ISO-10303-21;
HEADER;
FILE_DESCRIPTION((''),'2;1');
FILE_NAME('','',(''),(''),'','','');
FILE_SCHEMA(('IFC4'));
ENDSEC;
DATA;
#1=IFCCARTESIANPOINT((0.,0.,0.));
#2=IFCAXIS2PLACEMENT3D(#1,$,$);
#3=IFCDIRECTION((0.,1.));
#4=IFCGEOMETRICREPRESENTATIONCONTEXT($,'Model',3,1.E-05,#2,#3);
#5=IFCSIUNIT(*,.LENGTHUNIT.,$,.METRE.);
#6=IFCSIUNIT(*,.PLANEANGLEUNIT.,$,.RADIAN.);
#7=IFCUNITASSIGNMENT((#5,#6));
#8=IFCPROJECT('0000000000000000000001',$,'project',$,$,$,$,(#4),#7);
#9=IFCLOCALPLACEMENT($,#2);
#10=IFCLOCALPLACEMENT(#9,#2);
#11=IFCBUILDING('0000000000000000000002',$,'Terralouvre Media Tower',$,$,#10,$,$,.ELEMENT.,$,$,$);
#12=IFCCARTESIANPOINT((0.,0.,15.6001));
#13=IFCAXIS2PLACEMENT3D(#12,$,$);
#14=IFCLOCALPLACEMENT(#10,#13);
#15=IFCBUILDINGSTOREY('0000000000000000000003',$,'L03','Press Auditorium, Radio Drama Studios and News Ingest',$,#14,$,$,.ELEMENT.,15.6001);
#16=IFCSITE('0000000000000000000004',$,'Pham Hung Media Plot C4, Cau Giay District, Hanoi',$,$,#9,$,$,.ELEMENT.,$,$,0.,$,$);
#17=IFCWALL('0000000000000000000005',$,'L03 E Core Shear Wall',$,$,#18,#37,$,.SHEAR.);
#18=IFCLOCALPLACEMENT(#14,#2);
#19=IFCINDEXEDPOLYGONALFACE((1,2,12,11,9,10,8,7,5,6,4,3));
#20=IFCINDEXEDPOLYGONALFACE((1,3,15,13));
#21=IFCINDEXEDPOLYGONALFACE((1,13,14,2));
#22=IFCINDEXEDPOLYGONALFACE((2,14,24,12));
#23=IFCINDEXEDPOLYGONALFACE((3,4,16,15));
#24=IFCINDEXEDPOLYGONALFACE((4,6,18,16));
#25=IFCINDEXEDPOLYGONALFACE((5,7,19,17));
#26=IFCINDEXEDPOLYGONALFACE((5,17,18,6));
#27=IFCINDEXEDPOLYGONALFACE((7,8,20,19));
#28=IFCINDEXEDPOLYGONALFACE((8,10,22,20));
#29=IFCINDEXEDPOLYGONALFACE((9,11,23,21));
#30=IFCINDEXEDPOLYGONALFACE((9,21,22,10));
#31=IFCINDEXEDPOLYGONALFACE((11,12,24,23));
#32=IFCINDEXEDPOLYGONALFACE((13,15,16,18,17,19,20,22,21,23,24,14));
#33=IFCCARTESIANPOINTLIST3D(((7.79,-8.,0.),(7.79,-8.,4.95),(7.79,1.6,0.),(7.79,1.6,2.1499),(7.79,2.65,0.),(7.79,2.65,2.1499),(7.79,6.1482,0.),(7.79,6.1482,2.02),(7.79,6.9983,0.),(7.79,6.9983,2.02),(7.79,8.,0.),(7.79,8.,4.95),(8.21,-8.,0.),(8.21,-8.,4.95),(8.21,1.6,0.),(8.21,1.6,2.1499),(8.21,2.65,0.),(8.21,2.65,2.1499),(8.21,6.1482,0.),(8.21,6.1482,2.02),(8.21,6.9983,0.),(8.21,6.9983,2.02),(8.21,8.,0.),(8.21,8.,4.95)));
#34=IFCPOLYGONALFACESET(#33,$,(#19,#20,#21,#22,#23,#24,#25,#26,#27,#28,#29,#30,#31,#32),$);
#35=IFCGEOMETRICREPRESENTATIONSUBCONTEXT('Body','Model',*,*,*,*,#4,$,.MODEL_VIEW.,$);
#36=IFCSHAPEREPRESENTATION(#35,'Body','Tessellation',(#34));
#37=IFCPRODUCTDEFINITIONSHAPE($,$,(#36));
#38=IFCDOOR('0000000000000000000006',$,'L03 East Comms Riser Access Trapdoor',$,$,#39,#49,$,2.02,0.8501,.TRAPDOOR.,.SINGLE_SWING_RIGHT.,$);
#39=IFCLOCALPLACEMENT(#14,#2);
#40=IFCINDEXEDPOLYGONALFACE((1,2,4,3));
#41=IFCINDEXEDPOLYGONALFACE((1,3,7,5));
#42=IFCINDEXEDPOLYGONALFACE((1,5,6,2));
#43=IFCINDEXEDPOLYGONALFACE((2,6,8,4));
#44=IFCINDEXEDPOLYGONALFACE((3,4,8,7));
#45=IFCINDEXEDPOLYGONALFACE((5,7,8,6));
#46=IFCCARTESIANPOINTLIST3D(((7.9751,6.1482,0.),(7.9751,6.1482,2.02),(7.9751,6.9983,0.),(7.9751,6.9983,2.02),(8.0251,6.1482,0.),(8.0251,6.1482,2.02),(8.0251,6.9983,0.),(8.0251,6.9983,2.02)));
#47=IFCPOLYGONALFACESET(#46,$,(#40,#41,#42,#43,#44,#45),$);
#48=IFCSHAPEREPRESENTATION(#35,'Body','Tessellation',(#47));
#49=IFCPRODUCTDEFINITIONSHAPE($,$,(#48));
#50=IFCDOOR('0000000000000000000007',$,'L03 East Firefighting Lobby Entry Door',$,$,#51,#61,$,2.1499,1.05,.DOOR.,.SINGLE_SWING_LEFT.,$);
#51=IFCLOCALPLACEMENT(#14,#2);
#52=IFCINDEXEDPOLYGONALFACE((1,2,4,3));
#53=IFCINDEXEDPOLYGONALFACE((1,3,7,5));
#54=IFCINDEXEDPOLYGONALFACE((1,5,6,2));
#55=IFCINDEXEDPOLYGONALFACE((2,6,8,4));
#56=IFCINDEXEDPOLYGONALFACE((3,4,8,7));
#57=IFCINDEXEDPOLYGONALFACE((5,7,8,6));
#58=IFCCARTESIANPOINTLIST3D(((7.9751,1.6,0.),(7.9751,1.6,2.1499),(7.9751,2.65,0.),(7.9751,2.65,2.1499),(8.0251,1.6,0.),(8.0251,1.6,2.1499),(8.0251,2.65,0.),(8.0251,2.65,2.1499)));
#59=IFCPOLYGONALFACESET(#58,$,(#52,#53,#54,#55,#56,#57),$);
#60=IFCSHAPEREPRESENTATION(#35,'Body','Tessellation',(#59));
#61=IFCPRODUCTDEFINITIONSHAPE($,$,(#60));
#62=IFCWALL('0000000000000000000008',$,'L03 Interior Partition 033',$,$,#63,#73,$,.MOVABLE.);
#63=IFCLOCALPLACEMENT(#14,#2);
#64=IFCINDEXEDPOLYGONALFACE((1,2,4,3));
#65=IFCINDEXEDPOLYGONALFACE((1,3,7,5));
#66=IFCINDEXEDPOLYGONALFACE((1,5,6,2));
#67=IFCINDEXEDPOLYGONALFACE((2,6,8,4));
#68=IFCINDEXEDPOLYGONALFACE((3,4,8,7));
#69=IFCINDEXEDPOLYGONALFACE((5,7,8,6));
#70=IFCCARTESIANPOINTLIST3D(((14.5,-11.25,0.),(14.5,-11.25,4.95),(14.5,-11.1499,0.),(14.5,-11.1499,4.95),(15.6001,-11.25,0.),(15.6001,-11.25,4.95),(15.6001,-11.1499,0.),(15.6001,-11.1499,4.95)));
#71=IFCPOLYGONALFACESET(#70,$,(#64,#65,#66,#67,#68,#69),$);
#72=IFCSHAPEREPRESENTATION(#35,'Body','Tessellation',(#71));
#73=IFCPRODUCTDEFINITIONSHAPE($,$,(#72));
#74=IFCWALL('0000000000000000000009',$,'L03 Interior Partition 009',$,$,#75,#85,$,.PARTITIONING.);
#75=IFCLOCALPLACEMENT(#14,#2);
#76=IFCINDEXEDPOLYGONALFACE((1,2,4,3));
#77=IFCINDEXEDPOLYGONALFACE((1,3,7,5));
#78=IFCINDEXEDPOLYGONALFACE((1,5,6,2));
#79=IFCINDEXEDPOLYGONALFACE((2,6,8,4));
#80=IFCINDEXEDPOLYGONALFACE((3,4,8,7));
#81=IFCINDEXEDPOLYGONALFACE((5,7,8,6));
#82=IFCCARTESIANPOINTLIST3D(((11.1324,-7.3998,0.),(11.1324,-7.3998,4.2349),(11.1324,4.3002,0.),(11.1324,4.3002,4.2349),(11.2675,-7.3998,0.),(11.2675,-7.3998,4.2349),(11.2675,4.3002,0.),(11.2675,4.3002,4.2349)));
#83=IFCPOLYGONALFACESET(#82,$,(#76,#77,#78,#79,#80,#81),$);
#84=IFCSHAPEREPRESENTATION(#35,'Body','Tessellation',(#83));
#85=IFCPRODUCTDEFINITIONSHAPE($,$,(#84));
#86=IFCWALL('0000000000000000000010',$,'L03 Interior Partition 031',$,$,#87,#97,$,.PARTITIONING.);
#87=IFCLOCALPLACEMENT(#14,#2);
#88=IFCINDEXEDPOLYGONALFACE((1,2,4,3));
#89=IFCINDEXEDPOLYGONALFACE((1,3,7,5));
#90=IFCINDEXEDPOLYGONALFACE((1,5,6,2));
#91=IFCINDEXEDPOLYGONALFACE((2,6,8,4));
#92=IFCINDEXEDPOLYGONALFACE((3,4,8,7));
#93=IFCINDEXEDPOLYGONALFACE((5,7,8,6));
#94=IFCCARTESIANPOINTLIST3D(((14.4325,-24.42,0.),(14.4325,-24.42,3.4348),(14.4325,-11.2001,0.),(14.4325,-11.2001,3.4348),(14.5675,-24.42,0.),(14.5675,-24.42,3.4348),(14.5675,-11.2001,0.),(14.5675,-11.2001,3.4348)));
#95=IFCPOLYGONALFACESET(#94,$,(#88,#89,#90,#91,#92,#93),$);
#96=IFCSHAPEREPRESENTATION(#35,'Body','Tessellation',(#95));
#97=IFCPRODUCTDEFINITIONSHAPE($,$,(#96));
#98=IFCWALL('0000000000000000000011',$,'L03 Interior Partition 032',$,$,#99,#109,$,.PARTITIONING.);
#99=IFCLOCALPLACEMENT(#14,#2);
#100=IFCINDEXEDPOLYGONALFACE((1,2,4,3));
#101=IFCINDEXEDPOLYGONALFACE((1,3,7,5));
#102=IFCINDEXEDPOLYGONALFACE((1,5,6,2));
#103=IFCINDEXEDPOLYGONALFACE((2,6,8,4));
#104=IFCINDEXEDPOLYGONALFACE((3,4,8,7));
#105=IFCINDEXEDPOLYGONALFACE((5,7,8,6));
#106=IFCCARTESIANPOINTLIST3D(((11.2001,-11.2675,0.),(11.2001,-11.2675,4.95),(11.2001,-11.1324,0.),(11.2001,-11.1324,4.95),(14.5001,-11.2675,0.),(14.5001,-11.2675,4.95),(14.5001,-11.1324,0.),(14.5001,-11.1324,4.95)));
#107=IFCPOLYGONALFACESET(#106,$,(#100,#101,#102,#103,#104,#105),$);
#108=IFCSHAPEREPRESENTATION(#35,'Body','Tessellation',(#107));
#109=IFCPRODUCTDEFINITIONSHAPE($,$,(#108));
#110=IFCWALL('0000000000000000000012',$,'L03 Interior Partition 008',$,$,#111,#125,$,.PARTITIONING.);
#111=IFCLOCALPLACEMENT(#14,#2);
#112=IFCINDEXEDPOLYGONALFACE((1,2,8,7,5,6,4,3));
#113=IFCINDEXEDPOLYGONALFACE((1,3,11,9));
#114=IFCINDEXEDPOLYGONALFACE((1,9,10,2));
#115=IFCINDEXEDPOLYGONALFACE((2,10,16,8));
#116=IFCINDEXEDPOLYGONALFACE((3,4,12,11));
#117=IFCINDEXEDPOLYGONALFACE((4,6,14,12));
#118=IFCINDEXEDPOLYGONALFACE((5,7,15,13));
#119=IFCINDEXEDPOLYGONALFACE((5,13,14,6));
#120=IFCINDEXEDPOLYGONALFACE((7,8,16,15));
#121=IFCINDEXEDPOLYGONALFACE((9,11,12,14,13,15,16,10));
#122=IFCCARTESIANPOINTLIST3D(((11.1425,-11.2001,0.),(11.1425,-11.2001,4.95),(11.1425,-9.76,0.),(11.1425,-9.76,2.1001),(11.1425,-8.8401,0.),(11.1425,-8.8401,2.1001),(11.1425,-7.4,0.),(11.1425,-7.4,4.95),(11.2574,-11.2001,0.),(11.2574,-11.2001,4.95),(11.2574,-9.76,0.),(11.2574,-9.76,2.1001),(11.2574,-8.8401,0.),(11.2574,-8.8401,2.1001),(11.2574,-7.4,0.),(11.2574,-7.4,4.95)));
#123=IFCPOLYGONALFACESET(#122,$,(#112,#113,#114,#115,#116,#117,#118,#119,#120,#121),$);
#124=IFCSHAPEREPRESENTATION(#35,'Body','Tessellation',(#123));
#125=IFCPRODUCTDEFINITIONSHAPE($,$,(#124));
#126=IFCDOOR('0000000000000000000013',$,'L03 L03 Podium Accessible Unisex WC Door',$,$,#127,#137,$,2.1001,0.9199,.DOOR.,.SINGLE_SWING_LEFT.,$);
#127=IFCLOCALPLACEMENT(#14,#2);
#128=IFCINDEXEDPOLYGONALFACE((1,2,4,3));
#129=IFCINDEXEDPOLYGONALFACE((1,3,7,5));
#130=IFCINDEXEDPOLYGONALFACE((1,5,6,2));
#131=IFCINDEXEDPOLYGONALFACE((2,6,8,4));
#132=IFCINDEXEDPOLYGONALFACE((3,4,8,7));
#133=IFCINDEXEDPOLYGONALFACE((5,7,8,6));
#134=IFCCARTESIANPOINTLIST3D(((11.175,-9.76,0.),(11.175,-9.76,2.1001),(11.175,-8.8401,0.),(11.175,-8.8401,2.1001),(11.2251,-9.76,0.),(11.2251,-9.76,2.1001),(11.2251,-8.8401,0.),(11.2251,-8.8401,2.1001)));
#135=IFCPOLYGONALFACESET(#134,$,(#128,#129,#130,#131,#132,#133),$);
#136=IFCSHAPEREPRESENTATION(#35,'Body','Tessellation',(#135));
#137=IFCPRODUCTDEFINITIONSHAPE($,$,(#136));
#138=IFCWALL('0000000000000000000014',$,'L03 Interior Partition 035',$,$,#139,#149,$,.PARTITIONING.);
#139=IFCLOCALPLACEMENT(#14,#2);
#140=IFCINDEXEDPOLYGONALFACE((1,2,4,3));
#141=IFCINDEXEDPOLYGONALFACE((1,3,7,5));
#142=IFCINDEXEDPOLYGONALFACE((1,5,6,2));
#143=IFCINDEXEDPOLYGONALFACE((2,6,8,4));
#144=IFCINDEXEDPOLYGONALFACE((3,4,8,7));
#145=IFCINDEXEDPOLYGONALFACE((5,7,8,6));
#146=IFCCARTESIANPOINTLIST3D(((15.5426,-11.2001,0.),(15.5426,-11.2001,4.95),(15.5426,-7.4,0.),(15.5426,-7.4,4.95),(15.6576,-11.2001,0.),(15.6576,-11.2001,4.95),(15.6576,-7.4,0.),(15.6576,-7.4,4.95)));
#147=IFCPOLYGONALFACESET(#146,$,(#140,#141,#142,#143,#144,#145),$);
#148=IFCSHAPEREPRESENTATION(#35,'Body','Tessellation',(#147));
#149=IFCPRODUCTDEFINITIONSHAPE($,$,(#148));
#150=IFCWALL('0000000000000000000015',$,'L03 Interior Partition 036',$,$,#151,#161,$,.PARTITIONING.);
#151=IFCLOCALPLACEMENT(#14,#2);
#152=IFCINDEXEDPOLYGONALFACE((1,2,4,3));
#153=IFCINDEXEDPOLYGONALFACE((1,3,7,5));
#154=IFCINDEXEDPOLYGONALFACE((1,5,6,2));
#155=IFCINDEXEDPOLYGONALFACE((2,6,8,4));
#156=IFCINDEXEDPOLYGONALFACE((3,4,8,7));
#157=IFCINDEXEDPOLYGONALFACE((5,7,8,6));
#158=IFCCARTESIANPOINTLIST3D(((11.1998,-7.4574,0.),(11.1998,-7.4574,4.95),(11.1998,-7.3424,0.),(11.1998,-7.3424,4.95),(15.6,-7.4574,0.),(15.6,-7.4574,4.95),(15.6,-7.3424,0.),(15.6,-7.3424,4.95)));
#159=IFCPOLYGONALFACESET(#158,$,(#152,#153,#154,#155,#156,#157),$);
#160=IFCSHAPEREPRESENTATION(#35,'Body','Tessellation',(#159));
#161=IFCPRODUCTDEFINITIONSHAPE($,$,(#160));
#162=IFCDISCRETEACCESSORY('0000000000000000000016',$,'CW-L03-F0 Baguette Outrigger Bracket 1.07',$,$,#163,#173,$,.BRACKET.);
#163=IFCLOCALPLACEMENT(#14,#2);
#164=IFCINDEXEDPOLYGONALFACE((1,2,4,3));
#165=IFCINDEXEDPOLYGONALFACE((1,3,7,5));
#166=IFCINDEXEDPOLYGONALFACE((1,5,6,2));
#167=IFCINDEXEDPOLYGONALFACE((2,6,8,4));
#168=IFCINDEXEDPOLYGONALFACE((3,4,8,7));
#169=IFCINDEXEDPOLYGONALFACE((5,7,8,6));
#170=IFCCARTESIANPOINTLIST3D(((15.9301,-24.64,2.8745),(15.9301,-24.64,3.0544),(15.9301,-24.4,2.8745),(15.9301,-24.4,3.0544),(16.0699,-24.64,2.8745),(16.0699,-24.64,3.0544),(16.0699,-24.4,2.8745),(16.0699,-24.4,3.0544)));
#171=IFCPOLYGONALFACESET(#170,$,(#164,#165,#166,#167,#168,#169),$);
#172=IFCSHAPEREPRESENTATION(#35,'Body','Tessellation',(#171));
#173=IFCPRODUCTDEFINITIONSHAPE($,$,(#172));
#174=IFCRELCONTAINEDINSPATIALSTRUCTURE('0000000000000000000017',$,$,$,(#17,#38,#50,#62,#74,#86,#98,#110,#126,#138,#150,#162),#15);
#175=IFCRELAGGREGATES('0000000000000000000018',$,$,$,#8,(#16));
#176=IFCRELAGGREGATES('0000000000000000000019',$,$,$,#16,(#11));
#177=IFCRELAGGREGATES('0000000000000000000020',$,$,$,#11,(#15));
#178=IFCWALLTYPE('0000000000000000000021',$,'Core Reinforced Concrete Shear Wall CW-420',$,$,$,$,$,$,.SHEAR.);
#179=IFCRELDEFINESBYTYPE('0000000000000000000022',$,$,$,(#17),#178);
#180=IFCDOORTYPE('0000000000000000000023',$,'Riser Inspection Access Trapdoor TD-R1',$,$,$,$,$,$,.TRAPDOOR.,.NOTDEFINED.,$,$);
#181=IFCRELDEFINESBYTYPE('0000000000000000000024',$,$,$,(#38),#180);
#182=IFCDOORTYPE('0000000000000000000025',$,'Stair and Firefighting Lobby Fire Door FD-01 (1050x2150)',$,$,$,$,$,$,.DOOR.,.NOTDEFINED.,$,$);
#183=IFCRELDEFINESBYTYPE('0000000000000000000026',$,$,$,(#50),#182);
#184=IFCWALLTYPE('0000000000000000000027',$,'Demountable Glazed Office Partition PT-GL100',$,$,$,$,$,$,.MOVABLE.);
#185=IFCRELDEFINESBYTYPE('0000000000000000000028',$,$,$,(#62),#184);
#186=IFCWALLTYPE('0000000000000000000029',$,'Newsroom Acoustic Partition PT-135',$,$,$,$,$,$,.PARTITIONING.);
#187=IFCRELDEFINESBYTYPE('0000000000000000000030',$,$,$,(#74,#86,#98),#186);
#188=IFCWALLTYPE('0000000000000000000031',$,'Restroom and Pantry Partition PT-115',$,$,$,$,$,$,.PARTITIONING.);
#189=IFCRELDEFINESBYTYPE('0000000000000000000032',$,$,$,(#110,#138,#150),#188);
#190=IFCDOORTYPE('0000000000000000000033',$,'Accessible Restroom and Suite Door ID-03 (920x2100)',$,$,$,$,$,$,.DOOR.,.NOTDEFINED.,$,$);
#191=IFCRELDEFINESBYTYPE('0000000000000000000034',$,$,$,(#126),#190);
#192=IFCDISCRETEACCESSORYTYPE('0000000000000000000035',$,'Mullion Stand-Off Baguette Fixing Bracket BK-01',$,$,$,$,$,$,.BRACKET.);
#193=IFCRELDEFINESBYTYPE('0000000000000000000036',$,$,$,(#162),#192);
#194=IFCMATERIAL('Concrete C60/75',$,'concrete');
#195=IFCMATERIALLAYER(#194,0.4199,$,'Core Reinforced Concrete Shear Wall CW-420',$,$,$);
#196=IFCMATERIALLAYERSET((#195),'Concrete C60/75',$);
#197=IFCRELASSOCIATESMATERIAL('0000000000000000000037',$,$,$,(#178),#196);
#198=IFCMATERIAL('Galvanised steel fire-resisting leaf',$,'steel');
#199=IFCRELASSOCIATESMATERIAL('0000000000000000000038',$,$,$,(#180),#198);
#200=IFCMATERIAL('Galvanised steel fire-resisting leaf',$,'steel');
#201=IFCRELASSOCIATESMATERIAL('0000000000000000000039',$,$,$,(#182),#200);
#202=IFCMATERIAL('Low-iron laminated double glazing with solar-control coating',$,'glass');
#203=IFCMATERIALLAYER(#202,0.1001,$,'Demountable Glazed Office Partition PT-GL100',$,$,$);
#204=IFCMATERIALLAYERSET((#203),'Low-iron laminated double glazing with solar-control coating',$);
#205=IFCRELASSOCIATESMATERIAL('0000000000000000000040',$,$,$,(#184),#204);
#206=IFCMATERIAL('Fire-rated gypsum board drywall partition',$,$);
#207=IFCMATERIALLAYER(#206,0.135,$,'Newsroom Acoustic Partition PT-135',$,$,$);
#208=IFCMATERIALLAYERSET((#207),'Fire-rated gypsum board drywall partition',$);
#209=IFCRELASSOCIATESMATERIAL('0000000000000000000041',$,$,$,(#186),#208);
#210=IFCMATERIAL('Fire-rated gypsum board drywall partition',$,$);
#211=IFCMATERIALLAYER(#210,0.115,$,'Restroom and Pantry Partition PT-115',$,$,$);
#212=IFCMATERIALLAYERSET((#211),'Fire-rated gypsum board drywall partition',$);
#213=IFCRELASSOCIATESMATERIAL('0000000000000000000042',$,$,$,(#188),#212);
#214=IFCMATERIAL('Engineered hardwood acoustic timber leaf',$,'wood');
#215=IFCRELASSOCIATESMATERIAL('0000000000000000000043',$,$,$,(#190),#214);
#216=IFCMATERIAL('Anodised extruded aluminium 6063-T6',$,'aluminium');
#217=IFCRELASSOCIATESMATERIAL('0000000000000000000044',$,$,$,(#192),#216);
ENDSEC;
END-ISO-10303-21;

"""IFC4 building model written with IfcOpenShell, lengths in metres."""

from ifc_helpers import new_model, si_unit, direction, frame, frame_2d, origin, origin_2d, place, context, subcontext, project, spatial, rectangle, extrude, material, layer, layer_set, type_object, element, fill, save


model = new_model("IFC4")

# Units and contexts
model_context = context("Model", 3, precision=1e-05, world=origin(), true_north=direction((0.0, 1.0)))
body_context = subcontext(model_context, "Body", "Model", "MODEL_VIEW")
ifc_project = project(units=[si_unit("LENGTHUNIT", "METRE"), si_unit("PLANEANGLEUNIT", "RADIAN")], contexts=[model_context])

# Site, building, storey
site_placement = place(None, origin())
site = spatial("IfcSite", under=ifc_project, at=site_placement, Name="Pham Hung Media Plot C4, Cau Giay District, Hanoi", CompositionType="ELEMENT", RefElevation=0.0)
building_placement = place(site_placement, origin())
building = spatial("IfcBuilding", under=site, at=building_placement, Name="Terralouvre Media Tower", CompositionType="ELEMENT")
storey_placement = place(building_placement, frame((0.0, 0.0, 15.6001)))
storey = spatial("IfcBuildingStorey", under=building, at=storey_placement, Name="L03", Description="Press Auditorium, Radio Drama Studios and News Ingest", CompositionType="ELEMENT", Elevation=15.6001)

# Wall, openings, doors
ifc_material_1 = material(Name="Concrete C60/75", Category="concrete")
ifc_layer_1 = layer(ifc_material_1, 0.4199, Name="Core Reinforced Concrete Shear Wall CW-420")
ifc_layer_set_1 = layer_set([ifc_layer_1], Name="Concrete C60/75")
wall_type_1 = type_object("IfcWallType", Name="Core Reinforced Concrete Shear Wall CW-420", PredefinedType="SHEAR", material=ifc_layer_set_1)
wall_1_placement = place(storey_placement, frame((8.0, -8.0, 0.0), z_axis=(0.0, 0.0, 1.0), x_axis=(0.0, 1.0, 0.0)))
wall_1 = element("IfcWall", 1, at=wall_1_placement, inside=storey, type_object=wall_type_1, Name="L03 E Core Shear Wall", PredefinedType="SHEAR", context=body_context, shape_type="SweptSolid", body=[
    extrude(rectangle(XDim=16.0, YDim=0.4199, at=frame_2d((8.0, 0.0))), origin(), (0.0, 0.0, 1.0), 4.95),
])
opening_1_placement = place(wall_1_placement, frame((9.6001, 0.0, 0.0)))
opening_1 = element("IfcOpeningElement", 2, at=opening_1_placement, cuts=wall_1, PredefinedType="OPENING", context=body_context, shape_type="SweptSolid", body=[
    extrude(rectangle(XDim=1.05, YDim=2.1499, at=frame_2d((0.5249, 1.075))), frame((0.0, 0.22, 0.0), z_axis=(0.0, -1.0, 0.0), x_axis=(1.0, 0.0, 0.0)), (0.0, 0.0, 1.0), 0.4399),
])
opening_2_placement = place(wall_1_placement, frame((14.1482, 0.0, 0.0)))
opening_2 = element("IfcOpeningElement", 3, at=opening_2_placement, cuts=wall_1, PredefinedType="OPENING", context=body_context, shape_type="SweptSolid", body=[
    extrude(rectangle(XDim=0.8501, YDim=2.02, at=frame_2d((0.425, 1.01))), frame((0.0, 0.22, 0.0), z_axis=(0.0, -1.0, 0.0), x_axis=(1.0, 0.0, 0.0)), (0.0, 0.0, 1.0), 0.4399),
])
ifc_material_2 = material(Name="Galvanised steel fire-resisting leaf", Category="steel")
door_type_1 = type_object("IfcDoorType", Name="Riser Inspection Access Trapdoor TD-R1", OperationType="NOTDEFINED", PredefinedType="TRAPDOOR", material=ifc_material_2)
door_1_placement = place(opening_2_placement, origin())
door_1 = element("IfcDoor", 4, at=door_1_placement, inside=storey, type_object=door_type_1, Name="L03 East Comms Riser Access Trapdoor", OperationType="SINGLE_SWING_RIGHT", OverallHeight=2.02, OverallWidth=0.8501, PredefinedType="TRAPDOOR", context=body_context, shape_type="SweptSolid", body=[
    extrude(rectangle(XDim=0.8501, YDim=2.02, at=frame_2d((0.425, 1.01))), frame((0.0, 0.0249, 0.0), z_axis=(0.0, -1.0, 0.0), x_axis=(1.0, 0.0, 0.0)), (0.0, 0.0, 1.0), 0.05),
])
fill(opening_2, door_1)
ifc_material_3 = material(Name="Galvanised steel fire-resisting leaf", Category="steel")
door_type_2 = type_object("IfcDoorType", Name="Stair and Firefighting Lobby Fire Door FD-01 (1050x2150)", OperationType="NOTDEFINED", PredefinedType="DOOR", material=ifc_material_3)
door_2_placement = place(opening_1_placement, origin())
door_2 = element("IfcDoor", 5, at=door_2_placement, inside=storey, type_object=door_type_2, Name="L03 East Firefighting Lobby Entry Door", OperationType="SINGLE_SWING_LEFT", OverallHeight=2.1499, OverallWidth=1.05, PredefinedType="DOOR", context=body_context, shape_type="SweptSolid", body=[
    extrude(rectangle(XDim=1.05, YDim=2.1499, at=frame_2d((0.5249, 1.075))), frame((0.0, 0.0249, 0.0), z_axis=(0.0, -1.0, 0.0), x_axis=(1.0, 0.0, 0.0)), (0.0, 0.0, 1.0), 0.05),
])
fill(opening_1, door_2)

# Walls
ifc_material_4 = material(Name="Low-iron laminated double glazing with solar-control coating", Category="glass")
ifc_layer_2 = layer(ifc_material_4, 0.1001, Name="Demountable Glazed Office Partition PT-GL100")
ifc_layer_set_2 = layer_set([ifc_layer_2], Name="Low-iron laminated double glazing with solar-control coating")
wall_type_2 = type_object("IfcWallType", Name="Demountable Glazed Office Partition PT-GL100", PredefinedType="MOVABLE", material=ifc_layer_set_2)
wall_2_placement = place(storey_placement, frame((15.6001, -11.2, 0.0), z_axis=(0.0, 0.0, 1.0), x_axis=(-1.0, 0.0, 0.0)))
element("IfcWall", 6, at=wall_2_placement, inside=storey, type_object=wall_type_2, Name="L03 Interior Partition 033", PredefinedType="MOVABLE", context=body_context, shape_type="SweptSolid", body=[
    extrude(rectangle(XDim=1.1001, YDim=0.1001, at=frame_2d((0.55, 0.0))), origin(), (0.0, 0.0, 1.0), 4.95),
])
ifc_material_5 = material(Name="Fire-rated gypsum board drywall partition")
ifc_layer_3 = layer(ifc_material_5, 0.135, Name="Newsroom Acoustic Partition PT-135")
ifc_layer_set_3 = layer_set([ifc_layer_3], Name="Fire-rated gypsum board drywall partition")
wall_type_3 = type_object("IfcWallType", Name="Newsroom Acoustic Partition PT-135", PredefinedType="PARTITIONING", material=ifc_layer_set_3)
wall_3_placement = place(storey_placement, frame((11.2, -7.3999, 0.0), z_axis=(0.0, 0.0, 1.0), x_axis=(0.0, 1.0, 0.0)))
element("IfcWall", 7, at=wall_3_placement, inside=storey, type_object=wall_type_3, Name="L03 Interior Partition 009", PredefinedType="PARTITIONING", context=body_context, shape_type="SweptSolid", body=[
    extrude(rectangle(XDim=11.7, YDim=0.135, at=frame_2d((5.8501, 0.0))), origin(), (0.0, 0.0, 1.0), 4.2349),
])
wall_4_placement = place(storey_placement, frame((14.5, -24.4199, 0.0), z_axis=(0.0, 0.0, 1.0), x_axis=(0.0, 1.0, 0.0)))
element("IfcWall", 8, at=wall_4_placement, inside=storey, type_object=wall_type_3, Name="L03 Interior Partition 031", PredefinedType="PARTITIONING", context=body_context, shape_type="SweptSolid", body=[
    extrude(rectangle(XDim=13.22, YDim=0.135, at=frame_2d((6.6099, 0.0))), origin(), (0.0, 0.0, 1.0), 3.4348),
])
wall_5_placement = place(storey_placement, frame((14.5, -11.2, 0.0), z_axis=(0.0, 0.0, 1.0), x_axis=(-1.0, 0.0, 0.0)))
element("IfcWall", 9, at=wall_5_placement, inside=storey, type_object=wall_type_3, Name="L03 Interior Partition 032", PredefinedType="PARTITIONING", context=body_context, shape_type="SweptSolid", body=[
    extrude(rectangle(XDim=3.3, YDim=0.135, at=frame_2d((1.6499, 0.0))), origin(), (0.0, 0.0, 1.0), 4.95),
])

# Wall, opening, door
ifc_material_6 = material(Name="Fire-rated gypsum board drywall partition")
ifc_layer_4 = layer(ifc_material_6, 0.115, Name="Restroom and Pantry Partition PT-115")
ifc_layer_set_4 = layer_set([ifc_layer_4], Name="Fire-rated gypsum board drywall partition")
wall_type_4 = type_object("IfcWallType", Name="Restroom and Pantry Partition PT-115", PredefinedType="PARTITIONING", material=ifc_layer_set_4)
wall_6_placement = place(storey_placement, frame((11.2, -11.2, 0.0), z_axis=(0.0, 0.0, 1.0), x_axis=(0.0, 1.0, 0.0)))
wall_6 = element("IfcWall", 10, at=wall_6_placement, inside=storey, type_object=wall_type_4, Name="L03 Interior Partition 008", PredefinedType="PARTITIONING", context=body_context, shape_type="SweptSolid", body=[
    extrude(rectangle(XDim=3.8, YDim=0.115, at=frame_2d((1.8999, 0.0))), origin(), (0.0, 0.0, 1.0), 4.95),
])
opening_3_placement = place(wall_6_placement, frame((1.4399, 0.0, 0.0)))
opening_3 = element("IfcOpeningElement", 11, at=opening_3_placement, cuts=wall_6, PredefinedType="OPENING", context=body_context, shape_type="SweptSolid", body=[
    extrude(rectangle(XDim=0.9199, YDim=2.1001, at=frame_2d((0.46, 1.05))), frame((0.0, 0.0674, 0.0), z_axis=(0.0, -1.0, 0.0), x_axis=(1.0, 0.0, 0.0)), (0.0, 0.0, 1.0), 0.135),
])
ifc_material_7 = material(Name="Engineered hardwood acoustic timber leaf", Category="wood")
door_type_3 = type_object("IfcDoorType", Name="Accessible Restroom and Suite Door ID-03 (920x2100)", OperationType="NOTDEFINED", PredefinedType="DOOR", material=ifc_material_7)
door_3_placement = place(opening_3_placement, origin())
door_3 = element("IfcDoor", 12, at=door_3_placement, inside=storey, type_object=door_type_3, Name="L03 L03 Podium Accessible Unisex WC Door", OperationType="SINGLE_SWING_LEFT", OverallHeight=2.1001, OverallWidth=0.9199, PredefinedType="DOOR", context=body_context, shape_type="SweptSolid", body=[
    extrude(rectangle(XDim=0.9199, YDim=2.1001, at=frame_2d((0.46, 1.05))), frame((0.0, 0.0249, 0.0), z_axis=(0.0, -1.0, 0.0), x_axis=(1.0, 0.0, 0.0)), (0.0, 0.0, 1.0), 0.05),
])
fill(opening_3, door_3)

# Walls
wall_7_placement = place(storey_placement, frame((15.6001, -11.2, 0.0), z_axis=(0.0, 0.0, 1.0), x_axis=(0.0, 1.0, 0.0)))
element("IfcWall", 13, at=wall_7_placement, inside=storey, type_object=wall_type_4, Name="L03 Interior Partition 035", PredefinedType="PARTITIONING", context=body_context, shape_type="SweptSolid", body=[
    extrude(rectangle(XDim=3.8, YDim=0.115, at=frame_2d((1.8999, 0.0))), origin(), (0.0, 0.0, 1.0), 4.95),
])
wall_8_placement = place(storey_placement, frame((15.6001, -7.3999, 0.0), z_axis=(0.0, 0.0, 1.0), x_axis=(-1.0, 0.0, 0.0)))
element("IfcWall", 14, at=wall_8_placement, inside=storey, type_object=wall_type_4, Name="L03 Interior Partition 036", PredefinedType="PARTITIONING", context=body_context, shape_type="SweptSolid", body=[
    extrude(rectangle(XDim=4.4001, YDim=0.115, at=frame_2d((2.2002, 0.0))), origin(), (0.0, 0.0, 1.0), 4.95),
])

# Discrete accessory
ifc_material_8 = material(Name="Anodised extruded aluminium 6063-T6", Category="aluminium")
discrete_accessory_type = type_object("IfcDiscreteAccessoryType", Name="Mullion Stand-Off Baguette Fixing Bracket BK-01", PredefinedType="BRACKET", material=ifc_material_8)
discrete_accessory_placement = place(storey_placement, frame((16.0, -24.52, 2.8745), z_axis=(0.0, 0.0, 1.0), x_axis=(1.0, 0.0, 0.0)))
element("IfcDiscreteAccessory", 15, at=discrete_accessory_placement, inside=storey, type_object=discrete_accessory_type, Name="CW-L03-F0 Baguette Outrigger Bracket 1.07", PredefinedType="BRACKET", context=body_context, shape_type="SweptSolid", body=[
    extrude(rectangle(XDim=0.1399, YDim=0.24, at=origin_2d()), origin(), (0.0, 0.0, 1.0), 0.1799),
])

save(model, "model.ifc")
